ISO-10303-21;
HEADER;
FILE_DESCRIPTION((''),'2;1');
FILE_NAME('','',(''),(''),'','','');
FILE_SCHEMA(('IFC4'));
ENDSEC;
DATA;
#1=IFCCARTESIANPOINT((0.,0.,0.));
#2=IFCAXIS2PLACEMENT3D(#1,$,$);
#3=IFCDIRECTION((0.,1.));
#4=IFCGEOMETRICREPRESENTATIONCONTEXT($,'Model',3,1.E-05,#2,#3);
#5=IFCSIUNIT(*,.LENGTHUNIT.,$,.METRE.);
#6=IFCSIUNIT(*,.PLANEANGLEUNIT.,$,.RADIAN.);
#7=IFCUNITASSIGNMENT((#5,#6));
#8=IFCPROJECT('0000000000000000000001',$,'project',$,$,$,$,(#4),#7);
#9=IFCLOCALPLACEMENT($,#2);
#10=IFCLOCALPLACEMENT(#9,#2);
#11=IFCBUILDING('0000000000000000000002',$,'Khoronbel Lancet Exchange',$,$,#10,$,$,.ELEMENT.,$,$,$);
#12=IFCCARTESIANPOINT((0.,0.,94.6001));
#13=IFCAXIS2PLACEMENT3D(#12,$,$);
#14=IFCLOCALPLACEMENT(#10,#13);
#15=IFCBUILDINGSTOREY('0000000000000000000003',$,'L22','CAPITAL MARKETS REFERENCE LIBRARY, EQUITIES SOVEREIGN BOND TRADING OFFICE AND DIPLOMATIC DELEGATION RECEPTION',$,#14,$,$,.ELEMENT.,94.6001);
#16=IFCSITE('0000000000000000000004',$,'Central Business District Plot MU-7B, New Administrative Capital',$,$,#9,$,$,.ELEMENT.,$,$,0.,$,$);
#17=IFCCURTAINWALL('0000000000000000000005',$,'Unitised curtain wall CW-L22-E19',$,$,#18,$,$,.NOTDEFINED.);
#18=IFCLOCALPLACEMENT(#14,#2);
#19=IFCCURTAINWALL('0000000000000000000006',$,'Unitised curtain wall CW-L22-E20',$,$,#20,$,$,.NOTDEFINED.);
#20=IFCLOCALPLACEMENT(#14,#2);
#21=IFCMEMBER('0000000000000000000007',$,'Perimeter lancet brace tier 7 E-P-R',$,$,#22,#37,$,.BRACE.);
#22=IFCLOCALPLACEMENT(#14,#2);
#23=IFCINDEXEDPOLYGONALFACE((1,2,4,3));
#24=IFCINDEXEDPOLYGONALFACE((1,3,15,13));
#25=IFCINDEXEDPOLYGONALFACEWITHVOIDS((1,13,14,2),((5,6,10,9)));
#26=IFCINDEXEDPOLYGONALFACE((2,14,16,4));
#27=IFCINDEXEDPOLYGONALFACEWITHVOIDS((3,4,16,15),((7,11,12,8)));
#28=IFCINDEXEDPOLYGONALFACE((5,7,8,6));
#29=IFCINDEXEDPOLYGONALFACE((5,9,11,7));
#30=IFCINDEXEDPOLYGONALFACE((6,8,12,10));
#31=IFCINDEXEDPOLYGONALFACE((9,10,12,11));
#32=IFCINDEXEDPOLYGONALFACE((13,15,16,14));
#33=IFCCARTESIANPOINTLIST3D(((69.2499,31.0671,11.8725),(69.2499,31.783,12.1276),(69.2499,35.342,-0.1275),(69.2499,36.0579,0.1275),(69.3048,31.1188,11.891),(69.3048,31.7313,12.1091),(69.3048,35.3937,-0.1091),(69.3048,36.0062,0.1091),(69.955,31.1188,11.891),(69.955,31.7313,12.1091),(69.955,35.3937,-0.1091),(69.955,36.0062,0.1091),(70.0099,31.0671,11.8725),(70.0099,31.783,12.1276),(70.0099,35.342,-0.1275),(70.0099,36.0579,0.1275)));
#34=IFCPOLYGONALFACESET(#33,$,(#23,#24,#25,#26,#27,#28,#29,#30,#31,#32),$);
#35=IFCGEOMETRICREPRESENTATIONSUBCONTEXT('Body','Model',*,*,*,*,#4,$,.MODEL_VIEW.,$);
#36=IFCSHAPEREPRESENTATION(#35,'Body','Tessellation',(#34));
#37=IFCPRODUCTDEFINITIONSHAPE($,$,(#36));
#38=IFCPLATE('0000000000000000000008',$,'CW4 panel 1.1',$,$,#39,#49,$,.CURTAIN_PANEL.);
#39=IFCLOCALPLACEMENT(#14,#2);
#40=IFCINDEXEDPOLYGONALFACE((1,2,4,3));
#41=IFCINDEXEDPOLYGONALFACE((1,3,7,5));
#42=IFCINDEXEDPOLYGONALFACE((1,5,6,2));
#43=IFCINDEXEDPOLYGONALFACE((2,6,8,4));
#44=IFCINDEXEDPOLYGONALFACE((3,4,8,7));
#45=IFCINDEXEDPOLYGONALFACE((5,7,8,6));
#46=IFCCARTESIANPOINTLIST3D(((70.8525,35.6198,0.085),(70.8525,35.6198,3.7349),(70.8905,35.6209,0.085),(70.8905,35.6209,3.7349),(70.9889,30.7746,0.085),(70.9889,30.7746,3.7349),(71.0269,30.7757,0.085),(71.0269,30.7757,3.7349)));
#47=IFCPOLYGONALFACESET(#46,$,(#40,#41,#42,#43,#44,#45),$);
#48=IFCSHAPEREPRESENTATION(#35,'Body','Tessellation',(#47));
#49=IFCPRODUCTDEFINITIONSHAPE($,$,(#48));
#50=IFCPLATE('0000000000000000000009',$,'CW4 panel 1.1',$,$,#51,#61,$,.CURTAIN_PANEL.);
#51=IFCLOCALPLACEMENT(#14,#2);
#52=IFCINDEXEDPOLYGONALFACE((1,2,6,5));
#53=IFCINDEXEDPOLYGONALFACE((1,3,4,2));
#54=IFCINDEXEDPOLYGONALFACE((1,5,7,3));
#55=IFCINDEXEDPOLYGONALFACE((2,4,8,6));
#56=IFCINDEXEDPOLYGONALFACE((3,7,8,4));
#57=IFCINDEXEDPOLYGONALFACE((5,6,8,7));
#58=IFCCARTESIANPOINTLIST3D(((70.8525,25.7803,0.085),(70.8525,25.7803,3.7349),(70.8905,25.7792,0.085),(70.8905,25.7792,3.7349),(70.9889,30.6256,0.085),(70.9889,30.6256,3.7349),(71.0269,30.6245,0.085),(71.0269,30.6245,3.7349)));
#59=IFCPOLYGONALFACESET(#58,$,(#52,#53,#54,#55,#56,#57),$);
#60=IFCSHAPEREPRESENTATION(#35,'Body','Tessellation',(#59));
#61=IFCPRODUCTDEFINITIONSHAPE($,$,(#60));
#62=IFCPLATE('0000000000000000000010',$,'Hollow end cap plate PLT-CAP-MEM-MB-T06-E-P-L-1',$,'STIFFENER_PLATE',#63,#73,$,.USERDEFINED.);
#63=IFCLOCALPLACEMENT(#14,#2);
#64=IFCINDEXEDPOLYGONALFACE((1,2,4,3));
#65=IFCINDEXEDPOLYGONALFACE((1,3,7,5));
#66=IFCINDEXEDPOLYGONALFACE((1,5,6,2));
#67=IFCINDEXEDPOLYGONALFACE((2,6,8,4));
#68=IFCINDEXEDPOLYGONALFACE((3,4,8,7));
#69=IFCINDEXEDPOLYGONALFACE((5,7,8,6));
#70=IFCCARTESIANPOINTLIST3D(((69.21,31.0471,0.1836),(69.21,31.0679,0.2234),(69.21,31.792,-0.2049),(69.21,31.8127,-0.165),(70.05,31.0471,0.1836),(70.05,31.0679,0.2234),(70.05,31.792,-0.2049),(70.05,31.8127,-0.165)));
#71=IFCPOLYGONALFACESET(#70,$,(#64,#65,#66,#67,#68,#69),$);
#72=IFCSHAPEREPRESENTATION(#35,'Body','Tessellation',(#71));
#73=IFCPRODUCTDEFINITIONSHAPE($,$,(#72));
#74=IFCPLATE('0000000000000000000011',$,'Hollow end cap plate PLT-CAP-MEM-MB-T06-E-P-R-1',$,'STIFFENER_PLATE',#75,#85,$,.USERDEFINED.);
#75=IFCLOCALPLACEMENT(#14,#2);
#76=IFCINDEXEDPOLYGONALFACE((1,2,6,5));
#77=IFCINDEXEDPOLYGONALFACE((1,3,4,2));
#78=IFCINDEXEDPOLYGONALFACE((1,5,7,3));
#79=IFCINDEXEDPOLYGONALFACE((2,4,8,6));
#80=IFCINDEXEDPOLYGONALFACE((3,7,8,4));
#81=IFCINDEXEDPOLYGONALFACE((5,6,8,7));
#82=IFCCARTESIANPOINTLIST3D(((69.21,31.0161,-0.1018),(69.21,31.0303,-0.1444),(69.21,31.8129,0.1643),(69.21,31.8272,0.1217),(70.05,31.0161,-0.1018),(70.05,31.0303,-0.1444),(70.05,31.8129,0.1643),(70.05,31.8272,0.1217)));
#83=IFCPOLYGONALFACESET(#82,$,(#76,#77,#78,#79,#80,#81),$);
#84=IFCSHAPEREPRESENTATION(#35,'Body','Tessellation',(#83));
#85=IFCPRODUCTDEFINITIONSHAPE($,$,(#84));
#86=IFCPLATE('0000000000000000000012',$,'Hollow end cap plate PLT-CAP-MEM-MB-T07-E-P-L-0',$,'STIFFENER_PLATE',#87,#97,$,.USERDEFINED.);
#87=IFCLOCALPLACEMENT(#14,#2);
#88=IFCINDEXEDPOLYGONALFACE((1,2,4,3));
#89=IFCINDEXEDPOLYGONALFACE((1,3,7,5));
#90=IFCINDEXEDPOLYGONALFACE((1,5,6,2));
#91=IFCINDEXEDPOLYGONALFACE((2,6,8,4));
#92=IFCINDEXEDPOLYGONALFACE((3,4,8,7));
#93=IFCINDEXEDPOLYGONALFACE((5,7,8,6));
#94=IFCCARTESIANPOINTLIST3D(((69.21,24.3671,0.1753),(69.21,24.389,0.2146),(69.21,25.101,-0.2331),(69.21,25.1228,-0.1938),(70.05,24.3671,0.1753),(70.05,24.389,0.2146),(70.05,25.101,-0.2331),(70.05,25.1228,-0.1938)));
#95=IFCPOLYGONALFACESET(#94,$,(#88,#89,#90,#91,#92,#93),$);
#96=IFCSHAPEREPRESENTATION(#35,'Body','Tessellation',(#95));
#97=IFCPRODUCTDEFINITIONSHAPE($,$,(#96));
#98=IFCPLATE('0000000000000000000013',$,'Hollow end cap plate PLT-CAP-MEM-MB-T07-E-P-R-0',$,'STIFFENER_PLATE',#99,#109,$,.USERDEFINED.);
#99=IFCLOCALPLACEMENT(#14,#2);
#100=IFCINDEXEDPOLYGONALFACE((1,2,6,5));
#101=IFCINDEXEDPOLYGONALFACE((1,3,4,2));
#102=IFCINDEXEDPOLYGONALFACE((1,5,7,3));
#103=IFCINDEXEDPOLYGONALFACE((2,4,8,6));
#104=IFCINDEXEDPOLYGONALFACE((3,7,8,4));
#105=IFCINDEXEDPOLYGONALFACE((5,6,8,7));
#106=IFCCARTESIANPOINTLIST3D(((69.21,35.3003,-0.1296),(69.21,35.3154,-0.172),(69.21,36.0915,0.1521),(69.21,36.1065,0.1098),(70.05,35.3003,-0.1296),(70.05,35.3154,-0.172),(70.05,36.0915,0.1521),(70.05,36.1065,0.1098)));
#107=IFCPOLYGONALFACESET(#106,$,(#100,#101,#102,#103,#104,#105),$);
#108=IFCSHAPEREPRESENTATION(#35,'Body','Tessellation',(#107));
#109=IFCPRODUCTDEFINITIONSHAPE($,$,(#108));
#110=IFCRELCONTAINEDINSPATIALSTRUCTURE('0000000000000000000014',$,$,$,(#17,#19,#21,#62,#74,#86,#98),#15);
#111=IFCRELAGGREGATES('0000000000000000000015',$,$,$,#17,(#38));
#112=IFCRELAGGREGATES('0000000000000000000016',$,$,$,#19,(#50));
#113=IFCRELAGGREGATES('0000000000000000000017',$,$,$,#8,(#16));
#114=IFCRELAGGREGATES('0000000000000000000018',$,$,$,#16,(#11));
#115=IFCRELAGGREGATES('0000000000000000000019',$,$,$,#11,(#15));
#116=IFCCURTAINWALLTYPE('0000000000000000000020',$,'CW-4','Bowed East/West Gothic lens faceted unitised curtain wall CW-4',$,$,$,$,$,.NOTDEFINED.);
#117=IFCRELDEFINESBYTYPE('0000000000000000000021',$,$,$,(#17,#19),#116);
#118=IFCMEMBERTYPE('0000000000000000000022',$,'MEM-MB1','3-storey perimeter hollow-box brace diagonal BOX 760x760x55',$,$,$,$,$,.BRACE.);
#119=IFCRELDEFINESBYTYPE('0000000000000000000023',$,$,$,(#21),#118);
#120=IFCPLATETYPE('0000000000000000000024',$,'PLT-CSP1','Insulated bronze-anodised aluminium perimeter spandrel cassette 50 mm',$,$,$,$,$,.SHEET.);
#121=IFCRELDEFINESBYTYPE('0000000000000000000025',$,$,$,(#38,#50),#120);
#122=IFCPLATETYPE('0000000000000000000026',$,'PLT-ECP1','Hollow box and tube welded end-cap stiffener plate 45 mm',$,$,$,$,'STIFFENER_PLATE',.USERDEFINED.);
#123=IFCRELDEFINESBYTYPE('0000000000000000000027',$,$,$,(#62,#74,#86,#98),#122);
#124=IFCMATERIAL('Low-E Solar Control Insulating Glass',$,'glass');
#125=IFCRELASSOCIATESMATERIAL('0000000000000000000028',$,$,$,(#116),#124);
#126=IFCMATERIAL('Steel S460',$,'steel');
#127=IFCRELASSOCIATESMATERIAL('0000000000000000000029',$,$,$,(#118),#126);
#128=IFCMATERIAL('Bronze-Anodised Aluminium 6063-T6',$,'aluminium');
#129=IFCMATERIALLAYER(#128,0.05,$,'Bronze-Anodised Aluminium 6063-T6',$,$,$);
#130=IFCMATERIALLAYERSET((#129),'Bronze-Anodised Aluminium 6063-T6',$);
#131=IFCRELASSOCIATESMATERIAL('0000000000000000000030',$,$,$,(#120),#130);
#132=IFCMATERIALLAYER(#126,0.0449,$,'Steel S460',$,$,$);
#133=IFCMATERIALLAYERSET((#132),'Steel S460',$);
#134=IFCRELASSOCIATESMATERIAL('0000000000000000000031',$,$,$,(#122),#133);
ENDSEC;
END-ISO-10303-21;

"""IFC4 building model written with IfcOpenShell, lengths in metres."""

from ifc_helpers import new_model, si_unit, direction, frame, origin, origin_2d, place, context, subcontext, project, spatial, polyline, rectangle, hollow_rectangle, outline, extrude, material, layer, layer_set, material_profile, profile_set, type_object, element, aggregate, save


model = new_model("IFC4")

# Units and contexts
model_context = context("Model", 3, precision=1e-05, world=origin(), true_north=direction((0.0, 1.0)))
body_context = subcontext(model_context, "Body", "Model", "MODEL_VIEW")
ifc_project = project(units=[si_unit("LENGTHUNIT", "METRE"), si_unit("PLANEANGLEUNIT", "RADIAN")], contexts=[model_context])

# Site, building, storey
site_placement = place(None, origin())
site = spatial("IfcSite", under=ifc_project, at=site_placement, Name="Central Business District Plot MU-7B, New Administrative Capital", CompositionType="ELEMENT", RefElevation=0.0)
building_placement = place(site_placement, origin())
building = spatial("IfcBuilding", under=site, at=building_placement, Name="Khoronbel Lancet Exchange", CompositionType="ELEMENT")
storey_placement = place(building_placement, frame((0.0, 0.0, 94.6001)))
storey = spatial("IfcBuildingStorey", under=building, at=storey_placement, Name="L22", Description="CAPITAL MARKETS REFERENCE LIBRARY, EQUITIES SOVEREIGN BOND TRADING OFFICE AND DIPLOMATIC DELEGATION RECEPTION", CompositionType="ELEMENT", Elevation=94.6001)

# Shared definitions
ifc_material_1 = material(Name="Low-E Solar Control Insulating Glass", Category="glass")
curtain_wall_type = type_object("IfcCurtainWallType", Name="CW-4", Description="Bowed East/West Gothic lens faceted unitised curtain wall CW-4", PredefinedType="NOTDEFINED", material=ifc_material_1)
ifc_material_2 = material(Name="Bronze-Anodised Aluminium 6063-T6", Category="aluminium")

# Curtain walls
curtain_wall_1_placement = place(storey_placement, origin())
curtain_wall_1 = element("IfcCurtainWall", 1, at=curtain_wall_1_placement, inside=storey, type_object=curtain_wall_type, Name="Unitised curtain wall CW-L22-E19", PredefinedType="NOTDEFINED")
curtain_wall_2_placement = place(storey_placement, origin())
curtain_wall_2 = element("IfcCurtainWall", 2, at=curtain_wall_2_placement, inside=storey, type_object=curtain_wall_type, Name="Unitised curtain wall CW-L22-E20", PredefinedType="NOTDEFINED")

# Member
ifc_material_3 = material(Name="Steel S460", Category="steel")
ifc_material_profile_1 = material_profile(ifc_material_3, hollow_rectangle(XDim=0.76, YDim=0.76, WallThickness=0.0549, at=origin_2d()), Name="BOX 760x760x55")
ifc_profile_set_1 = profile_set([ifc_material_profile_1], Name="Steel S460")
member_type_1 = type_object("IfcMemberType", Name="MEM-MB1", Description="3-storey perimeter hollow-box brace diagonal BOX 760x760x55", PredefinedType="BRACE", material=ifc_profile_set_1)
member_1_placement = place(storey_placement, frame((69.6299, 35.7, 0.0), z_axis=(0.0, -0.335584, 0.94201), x_axis=(1.0, 0.0, 0.0)))
element("IfcMember", 3, at=member_1_placement, inside=storey, type_object=member_type_1, Name="Perimeter lancet brace tier 7 E-P-R", PredefinedType="BRACE", context=body_context, shape_type="SweptSolid", body=[
    extrude(hollow_rectangle(XDim=0.76, YDim=0.76, WallThickness=0.0549, at=origin_2d()), origin(), (0.0, 0.0, 1.0), 12.7388),
])

# Plates
ifc_layer_1 = layer(ifc_material_2, 0.05, Name="Bronze-Anodised Aluminium 6063-T6")
ifc_layer_set_1 = layer_set([ifc_layer_1], Name="Bronze-Anodised Aluminium 6063-T6")
plate_type_1 = type_object("IfcPlateType", Name="PLT-CSP1", Description="Insulated bronze-anodised aluminium perimeter spandrel cassette 50 mm", PredefinedType="SHEET", material=ifc_layer_set_1)
plate_1_placement = place(storey_placement, frame((70.9397, 33.1978, 0.085), z_axis=(0.0, 0.0, 1.0), x_axis=(0.028135, -0.999604, 0.0)))
plate_1 = element("IfcPlate", 4, at=plate_1_placement, type_object=plate_type_1, Name="CW4 panel 1.1", PredefinedType="CURTAIN_PANEL", context=body_context, shape_type="SweptSolid", body=[
    extrude(rectangle(XDim=4.8472, YDim=0.0381, at=origin_2d()), origin(), (0.0, 0.0, 1.0), 3.6499),
])
aggregate(curtain_wall_1, [plate_1])
plate_2_placement = place(storey_placement, frame((70.9397, 28.2024, 0.085), z_axis=(0.0, 0.0, 1.0), x_axis=(-0.028135, -0.999604, 0.0)))
plate_2 = element("IfcPlate", 5, at=plate_2_placement, type_object=plate_type_1, Name="CW4 panel 1.1", PredefinedType="CURTAIN_PANEL", context=body_context, shape_type="SweptSolid", body=[
    extrude(rectangle(XDim=4.8472, YDim=0.0381, at=origin_2d()), origin(), (0.0, 0.0, 1.0), 3.6499),
])
aggregate(curtain_wall_2, [plate_2])

# Plates
ifc_layer_2 = layer(ifc_material_3, 0.0449, Name="Steel S460")
ifc_layer_set_2 = layer_set([ifc_layer_2], Name="Steel S460")
plate_type_2 = type_object("IfcPlateType", Name="PLT-ECP1", Description="Hollow box and tube welded end-cap stiffener plate 45 mm", ElementType="STIFFENER_PLATE", PredefinedType="USERDEFINED", material=ifc_layer_set_2)
for number, where, z_axis, x_axis, name in (
    (6, (70.05, 31.8127, -0.165), (0.0, 0.462377, 0.886683), (-1.0, 0.0, 0.0), "Hollow end cap plate PLT-CAP-MEM-MB-T06-E-P-L-1"),
    (7, (69.21, 31.0161, -0.1018), (0.0, -0.316751, 0.948509), (1.0, 0.0, 0.0), "Hollow end cap plate PLT-CAP-MEM-MB-T06-E-P-R-1"),
):
    element("IfcPlate", number, at=place(storey_placement, frame(where, z_axis=z_axis, x_axis=x_axis)), inside=storey, type_object=plate_type_2, Name=name, ObjectType="STIFFENER_PLATE", PredefinedType="USERDEFINED", context=body_context, shape_type="SweptSolid", body=[
        extrude(outline(polyline([(0.0, 0.0), (0.8401, 0.0), (0.8401, 0.8401), (0.0, 0.8401), (0.0, 0.0)])), origin(), (0.0, 0.0, -1.0), 0.0449),
    ])
for number, where, z_axis, x_axis, name in (
    (8, (70.05, 25.1228, -0.1938), (0.0, 0.486309, 0.873787), (-1.0, 0.0, 0.0), "Hollow end cap plate PLT-CAP-MEM-MB-T07-E-P-L-0"),
    (9, (69.21, 35.3003, -0.1296), (0.0, -0.335434, 0.942064), (1.0, 0.0, 0.0), "Hollow end cap plate PLT-CAP-MEM-MB-T07-E-P-R-0"),
):
    element("IfcPlate", number, at=place(storey_placement, frame(where, z_axis=z_axis, x_axis=x_axis)), inside=storey, type_object=plate_type_2, Name=name, ObjectType="STIFFENER_PLATE", PredefinedType="USERDEFINED", context=body_context, shape_type="SweptSolid", body=[
        extrude(outline(polyline([(0.0, 0.0), (0.8401, 0.0), (0.8401, 0.8398), (0.0, 0.8398), (0.0, 0.0)])), origin(), (0.0, 0.0, -1.0), 0.0449),
    ])

save(model, "model.ifc")
